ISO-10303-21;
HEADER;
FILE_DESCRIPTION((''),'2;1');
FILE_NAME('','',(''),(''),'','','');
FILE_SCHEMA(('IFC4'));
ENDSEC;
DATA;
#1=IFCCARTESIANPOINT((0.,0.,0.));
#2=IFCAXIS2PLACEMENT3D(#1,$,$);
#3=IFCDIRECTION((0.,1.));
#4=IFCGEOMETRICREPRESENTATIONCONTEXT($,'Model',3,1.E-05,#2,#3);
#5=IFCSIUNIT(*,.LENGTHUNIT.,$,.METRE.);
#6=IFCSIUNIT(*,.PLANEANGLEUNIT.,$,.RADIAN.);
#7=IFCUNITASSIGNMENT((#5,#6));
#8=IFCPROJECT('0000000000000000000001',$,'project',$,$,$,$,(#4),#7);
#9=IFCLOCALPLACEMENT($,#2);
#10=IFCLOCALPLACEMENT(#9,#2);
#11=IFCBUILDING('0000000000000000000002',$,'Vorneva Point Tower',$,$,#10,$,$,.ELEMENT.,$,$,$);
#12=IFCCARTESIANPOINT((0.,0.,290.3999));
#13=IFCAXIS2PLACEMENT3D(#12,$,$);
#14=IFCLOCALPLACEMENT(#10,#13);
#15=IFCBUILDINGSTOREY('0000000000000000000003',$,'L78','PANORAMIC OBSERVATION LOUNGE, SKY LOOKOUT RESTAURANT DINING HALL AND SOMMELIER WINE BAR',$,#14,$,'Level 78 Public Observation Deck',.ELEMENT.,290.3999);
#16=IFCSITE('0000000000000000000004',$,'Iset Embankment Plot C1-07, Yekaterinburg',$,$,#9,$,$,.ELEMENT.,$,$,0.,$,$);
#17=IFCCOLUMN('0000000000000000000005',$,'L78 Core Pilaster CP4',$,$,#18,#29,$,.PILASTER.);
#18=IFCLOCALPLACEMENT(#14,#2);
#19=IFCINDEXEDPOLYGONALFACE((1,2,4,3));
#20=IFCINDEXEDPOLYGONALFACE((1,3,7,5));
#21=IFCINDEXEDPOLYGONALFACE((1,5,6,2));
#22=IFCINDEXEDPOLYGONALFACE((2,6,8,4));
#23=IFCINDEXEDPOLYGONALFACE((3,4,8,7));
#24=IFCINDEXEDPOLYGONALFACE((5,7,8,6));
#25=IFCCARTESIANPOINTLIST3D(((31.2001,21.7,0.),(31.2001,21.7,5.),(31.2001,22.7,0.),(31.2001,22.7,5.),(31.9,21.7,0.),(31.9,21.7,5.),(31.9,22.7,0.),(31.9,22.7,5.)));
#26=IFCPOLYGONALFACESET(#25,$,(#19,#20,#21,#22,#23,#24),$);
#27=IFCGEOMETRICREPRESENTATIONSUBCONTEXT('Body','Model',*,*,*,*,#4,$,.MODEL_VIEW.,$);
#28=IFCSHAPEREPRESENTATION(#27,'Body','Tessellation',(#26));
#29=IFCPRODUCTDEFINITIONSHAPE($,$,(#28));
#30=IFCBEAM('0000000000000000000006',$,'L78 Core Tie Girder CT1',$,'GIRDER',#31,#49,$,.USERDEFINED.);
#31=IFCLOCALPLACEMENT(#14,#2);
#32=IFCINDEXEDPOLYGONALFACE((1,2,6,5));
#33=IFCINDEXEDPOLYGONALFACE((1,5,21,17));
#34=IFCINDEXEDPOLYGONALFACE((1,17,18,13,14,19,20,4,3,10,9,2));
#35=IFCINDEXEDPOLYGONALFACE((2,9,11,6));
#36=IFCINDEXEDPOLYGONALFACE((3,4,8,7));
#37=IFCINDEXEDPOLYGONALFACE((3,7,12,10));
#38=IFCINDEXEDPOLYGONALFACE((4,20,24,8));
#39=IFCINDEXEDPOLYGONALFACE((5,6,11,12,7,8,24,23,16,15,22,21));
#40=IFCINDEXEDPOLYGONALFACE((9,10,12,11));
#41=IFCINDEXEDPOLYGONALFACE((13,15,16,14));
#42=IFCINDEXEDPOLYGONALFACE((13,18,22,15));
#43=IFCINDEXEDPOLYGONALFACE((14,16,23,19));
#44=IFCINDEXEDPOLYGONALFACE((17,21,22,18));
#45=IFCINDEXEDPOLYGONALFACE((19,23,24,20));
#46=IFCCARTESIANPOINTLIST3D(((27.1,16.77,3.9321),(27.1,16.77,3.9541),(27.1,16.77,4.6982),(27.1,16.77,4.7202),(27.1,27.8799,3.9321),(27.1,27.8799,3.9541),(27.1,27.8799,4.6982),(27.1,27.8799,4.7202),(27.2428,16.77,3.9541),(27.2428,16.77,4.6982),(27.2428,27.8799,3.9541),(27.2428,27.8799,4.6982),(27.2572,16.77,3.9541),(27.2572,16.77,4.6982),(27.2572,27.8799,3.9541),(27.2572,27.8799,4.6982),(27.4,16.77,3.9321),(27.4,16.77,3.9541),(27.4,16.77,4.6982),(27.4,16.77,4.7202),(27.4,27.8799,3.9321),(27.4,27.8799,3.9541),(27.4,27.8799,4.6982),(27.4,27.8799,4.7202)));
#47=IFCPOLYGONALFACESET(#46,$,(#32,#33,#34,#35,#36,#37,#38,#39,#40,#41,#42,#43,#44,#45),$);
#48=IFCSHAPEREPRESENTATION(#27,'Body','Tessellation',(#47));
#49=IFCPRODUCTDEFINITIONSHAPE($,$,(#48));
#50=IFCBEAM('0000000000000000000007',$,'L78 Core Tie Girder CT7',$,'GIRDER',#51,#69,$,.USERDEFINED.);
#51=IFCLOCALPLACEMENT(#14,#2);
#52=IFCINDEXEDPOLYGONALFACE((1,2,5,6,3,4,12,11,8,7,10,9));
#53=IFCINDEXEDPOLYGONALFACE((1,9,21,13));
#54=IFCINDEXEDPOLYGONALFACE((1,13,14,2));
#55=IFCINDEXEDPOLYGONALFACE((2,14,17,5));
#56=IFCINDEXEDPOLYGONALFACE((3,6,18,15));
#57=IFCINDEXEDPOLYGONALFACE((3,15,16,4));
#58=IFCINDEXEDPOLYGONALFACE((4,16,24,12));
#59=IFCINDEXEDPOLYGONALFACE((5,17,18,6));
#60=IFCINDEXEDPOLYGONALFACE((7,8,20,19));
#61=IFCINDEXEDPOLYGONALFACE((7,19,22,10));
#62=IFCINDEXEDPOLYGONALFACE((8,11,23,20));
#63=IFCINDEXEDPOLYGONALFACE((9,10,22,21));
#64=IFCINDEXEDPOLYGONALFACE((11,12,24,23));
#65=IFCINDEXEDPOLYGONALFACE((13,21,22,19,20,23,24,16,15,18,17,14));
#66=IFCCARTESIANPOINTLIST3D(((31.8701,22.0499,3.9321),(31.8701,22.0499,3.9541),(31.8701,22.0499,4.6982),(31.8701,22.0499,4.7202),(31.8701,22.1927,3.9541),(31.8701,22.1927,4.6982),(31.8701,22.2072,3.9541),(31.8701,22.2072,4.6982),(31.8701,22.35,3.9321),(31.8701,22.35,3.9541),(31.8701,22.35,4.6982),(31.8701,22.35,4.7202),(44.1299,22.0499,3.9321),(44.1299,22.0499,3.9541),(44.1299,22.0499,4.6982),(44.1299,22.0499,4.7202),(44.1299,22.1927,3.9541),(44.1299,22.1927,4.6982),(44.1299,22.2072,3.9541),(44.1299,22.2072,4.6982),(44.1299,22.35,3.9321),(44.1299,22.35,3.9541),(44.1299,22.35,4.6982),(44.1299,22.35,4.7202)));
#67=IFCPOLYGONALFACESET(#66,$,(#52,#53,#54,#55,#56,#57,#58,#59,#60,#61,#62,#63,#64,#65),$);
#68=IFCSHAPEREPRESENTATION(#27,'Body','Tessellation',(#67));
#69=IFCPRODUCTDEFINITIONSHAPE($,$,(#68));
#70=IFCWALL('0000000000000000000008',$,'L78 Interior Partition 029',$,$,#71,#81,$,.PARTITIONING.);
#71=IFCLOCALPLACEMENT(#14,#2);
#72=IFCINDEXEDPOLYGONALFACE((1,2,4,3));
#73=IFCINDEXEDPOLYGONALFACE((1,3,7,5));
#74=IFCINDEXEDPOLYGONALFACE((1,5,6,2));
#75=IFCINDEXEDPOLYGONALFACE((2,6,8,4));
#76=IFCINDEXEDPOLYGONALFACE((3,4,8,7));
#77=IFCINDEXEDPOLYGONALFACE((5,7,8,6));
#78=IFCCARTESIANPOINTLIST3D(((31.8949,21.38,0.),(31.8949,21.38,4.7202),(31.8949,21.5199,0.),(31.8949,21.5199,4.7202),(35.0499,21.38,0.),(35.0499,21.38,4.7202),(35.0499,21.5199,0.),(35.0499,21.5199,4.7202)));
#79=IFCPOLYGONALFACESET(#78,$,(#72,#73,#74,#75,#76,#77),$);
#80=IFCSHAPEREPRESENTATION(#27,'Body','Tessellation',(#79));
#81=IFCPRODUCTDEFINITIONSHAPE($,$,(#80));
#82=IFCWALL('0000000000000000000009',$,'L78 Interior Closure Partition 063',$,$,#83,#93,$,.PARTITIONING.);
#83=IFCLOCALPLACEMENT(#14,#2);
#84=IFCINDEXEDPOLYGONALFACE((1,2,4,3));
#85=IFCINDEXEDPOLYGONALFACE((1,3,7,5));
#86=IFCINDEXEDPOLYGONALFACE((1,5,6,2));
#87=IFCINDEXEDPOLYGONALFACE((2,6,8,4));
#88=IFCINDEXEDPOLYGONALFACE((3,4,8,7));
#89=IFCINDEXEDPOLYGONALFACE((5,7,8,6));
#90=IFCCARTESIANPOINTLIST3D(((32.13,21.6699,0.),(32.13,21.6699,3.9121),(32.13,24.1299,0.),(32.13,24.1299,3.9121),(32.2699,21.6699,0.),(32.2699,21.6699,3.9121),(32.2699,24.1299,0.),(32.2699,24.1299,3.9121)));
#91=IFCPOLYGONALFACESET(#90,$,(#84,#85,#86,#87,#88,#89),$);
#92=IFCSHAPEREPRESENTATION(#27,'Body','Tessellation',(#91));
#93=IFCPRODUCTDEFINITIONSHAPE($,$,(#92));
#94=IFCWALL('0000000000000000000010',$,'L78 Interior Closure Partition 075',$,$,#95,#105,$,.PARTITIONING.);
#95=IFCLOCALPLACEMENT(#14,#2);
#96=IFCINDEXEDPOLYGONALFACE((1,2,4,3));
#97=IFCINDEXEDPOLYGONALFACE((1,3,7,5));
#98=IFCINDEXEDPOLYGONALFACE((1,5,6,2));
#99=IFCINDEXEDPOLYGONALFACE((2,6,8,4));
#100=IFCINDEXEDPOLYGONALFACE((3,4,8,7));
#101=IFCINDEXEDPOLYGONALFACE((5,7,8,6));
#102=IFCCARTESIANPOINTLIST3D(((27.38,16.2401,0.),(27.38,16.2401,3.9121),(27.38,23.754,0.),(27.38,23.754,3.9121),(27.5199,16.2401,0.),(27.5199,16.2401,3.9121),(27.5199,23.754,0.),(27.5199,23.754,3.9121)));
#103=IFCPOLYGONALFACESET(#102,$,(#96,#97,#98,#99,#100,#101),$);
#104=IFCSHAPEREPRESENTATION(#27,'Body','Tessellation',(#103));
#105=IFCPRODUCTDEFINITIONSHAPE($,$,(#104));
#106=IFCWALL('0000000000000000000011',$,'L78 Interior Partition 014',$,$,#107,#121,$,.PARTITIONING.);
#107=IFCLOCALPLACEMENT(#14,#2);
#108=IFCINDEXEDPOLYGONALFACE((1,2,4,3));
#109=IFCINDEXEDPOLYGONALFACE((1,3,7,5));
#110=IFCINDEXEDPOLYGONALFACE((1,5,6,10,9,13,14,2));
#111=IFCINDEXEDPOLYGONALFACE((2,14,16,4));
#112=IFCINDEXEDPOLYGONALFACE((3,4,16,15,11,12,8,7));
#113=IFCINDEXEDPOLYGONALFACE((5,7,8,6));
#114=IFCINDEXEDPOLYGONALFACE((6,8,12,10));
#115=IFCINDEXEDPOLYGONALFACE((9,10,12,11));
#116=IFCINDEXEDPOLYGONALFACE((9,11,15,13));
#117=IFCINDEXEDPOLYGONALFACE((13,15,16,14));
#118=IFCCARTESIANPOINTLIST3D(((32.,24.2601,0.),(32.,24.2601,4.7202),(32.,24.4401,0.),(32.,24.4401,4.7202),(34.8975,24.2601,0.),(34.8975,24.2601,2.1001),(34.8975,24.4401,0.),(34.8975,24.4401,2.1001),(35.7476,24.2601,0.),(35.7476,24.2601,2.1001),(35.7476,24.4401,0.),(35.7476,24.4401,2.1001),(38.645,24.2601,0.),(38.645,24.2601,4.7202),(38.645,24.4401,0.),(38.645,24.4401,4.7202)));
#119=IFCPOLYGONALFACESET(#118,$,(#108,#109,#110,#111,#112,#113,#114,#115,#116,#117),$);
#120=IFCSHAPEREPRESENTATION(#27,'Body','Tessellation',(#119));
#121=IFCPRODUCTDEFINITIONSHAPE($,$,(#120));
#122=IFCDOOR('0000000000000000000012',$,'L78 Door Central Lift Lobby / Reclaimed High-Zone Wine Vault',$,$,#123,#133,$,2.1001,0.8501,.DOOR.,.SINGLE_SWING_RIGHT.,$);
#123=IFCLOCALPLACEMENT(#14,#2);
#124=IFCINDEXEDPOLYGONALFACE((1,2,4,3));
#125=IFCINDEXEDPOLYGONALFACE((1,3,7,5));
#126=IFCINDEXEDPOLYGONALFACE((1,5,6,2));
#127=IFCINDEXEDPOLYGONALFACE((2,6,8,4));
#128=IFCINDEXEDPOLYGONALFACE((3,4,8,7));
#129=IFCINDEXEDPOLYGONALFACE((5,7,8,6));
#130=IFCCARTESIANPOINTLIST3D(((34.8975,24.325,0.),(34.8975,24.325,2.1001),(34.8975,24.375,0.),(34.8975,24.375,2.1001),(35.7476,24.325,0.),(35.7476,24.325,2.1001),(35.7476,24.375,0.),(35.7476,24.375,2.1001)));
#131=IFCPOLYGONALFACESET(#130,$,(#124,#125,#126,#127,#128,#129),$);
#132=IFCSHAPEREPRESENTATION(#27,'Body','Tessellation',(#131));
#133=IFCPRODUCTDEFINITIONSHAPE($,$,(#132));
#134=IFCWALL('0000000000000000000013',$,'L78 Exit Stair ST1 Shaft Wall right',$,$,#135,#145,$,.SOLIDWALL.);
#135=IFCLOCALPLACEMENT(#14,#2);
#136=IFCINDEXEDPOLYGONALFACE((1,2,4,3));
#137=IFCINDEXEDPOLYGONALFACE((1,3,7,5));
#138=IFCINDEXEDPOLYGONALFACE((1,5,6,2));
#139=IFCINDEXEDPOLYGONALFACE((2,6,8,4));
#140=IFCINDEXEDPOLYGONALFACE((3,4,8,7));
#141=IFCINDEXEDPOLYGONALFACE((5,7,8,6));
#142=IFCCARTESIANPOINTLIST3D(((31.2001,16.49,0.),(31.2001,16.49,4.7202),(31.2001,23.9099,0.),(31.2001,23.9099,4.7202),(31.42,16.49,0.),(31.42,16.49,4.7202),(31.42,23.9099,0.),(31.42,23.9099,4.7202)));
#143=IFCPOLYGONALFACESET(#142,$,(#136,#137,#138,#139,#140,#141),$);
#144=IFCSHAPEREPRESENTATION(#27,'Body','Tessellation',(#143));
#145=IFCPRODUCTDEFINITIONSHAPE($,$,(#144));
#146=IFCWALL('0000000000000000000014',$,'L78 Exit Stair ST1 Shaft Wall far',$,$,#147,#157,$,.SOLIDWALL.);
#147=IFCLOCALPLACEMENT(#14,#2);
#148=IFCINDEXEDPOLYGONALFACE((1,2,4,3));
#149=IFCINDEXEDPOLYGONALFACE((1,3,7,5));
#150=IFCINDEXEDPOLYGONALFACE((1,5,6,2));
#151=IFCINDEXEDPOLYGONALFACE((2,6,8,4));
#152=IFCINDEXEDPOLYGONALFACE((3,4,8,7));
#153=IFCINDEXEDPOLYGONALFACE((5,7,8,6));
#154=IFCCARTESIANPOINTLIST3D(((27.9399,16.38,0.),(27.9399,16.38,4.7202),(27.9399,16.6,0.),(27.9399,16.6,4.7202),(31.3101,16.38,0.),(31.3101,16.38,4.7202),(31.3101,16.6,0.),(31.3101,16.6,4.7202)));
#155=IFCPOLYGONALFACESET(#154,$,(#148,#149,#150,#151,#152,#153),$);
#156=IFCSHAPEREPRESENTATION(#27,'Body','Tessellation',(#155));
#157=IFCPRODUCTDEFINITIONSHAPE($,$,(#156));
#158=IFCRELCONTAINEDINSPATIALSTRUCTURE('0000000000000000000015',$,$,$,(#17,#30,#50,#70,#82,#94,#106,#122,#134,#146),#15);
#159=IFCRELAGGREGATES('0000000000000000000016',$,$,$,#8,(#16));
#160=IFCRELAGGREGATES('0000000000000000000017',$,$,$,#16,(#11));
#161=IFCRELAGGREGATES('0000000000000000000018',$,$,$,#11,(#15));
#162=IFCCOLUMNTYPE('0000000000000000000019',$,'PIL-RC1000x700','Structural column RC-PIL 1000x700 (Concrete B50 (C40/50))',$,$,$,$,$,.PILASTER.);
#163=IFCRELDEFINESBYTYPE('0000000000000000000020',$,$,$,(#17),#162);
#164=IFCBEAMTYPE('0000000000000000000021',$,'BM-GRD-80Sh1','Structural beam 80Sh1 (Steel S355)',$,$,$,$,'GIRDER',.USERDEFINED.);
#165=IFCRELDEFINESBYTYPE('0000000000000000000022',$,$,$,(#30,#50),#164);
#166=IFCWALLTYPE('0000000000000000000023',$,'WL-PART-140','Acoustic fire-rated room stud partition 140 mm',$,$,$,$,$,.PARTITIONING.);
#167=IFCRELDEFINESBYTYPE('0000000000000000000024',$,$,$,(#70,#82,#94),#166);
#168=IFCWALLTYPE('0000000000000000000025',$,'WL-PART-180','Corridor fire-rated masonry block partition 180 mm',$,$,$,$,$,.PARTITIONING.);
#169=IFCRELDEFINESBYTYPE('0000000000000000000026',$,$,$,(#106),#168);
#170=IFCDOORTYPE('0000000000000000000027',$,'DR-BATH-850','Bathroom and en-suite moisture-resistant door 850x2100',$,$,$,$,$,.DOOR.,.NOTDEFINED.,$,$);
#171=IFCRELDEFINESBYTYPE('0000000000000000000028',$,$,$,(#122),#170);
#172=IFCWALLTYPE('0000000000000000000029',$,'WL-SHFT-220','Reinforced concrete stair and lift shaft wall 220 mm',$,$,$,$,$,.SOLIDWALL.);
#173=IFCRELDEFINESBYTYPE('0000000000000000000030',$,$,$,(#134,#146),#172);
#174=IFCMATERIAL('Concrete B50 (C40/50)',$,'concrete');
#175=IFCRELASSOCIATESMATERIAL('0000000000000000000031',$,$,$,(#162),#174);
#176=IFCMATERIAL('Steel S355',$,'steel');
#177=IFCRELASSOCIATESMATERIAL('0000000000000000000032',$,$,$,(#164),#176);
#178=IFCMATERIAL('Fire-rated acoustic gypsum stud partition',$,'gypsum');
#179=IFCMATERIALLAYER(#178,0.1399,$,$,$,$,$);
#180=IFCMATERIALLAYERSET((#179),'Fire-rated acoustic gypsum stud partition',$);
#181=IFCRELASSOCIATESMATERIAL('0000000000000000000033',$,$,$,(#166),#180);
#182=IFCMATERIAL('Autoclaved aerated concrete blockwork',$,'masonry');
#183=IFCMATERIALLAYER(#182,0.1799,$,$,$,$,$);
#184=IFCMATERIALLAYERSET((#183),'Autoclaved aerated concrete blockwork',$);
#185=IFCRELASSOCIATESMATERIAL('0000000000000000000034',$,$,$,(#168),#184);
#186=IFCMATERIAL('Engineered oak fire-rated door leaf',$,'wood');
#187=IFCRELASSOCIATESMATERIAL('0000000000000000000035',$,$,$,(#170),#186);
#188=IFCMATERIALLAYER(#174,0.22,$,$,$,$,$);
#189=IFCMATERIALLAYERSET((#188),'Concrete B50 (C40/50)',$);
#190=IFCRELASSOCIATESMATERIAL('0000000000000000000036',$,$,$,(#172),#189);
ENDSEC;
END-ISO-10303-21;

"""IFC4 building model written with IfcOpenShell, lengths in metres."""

from ifc_helpers import new_model, si_unit, direction, frame, frame_2d, origin, origin_2d, place, context, subcontext, project, spatial, rectangle, i_section, extrude, material, layer, layer_set, material_profile, profile_set, type_object, element, fill, save


model = new_model("IFC4")

# Units and contexts
model_context = context("Model", 3, precision=1e-05, world=origin(), true_north=direction((0.0, 1.0)))
body_context = subcontext(model_context, "Body", "Model", "MODEL_VIEW")
ifc_project = project(units=[si_unit("LENGTHUNIT", "METRE"), si_unit("PLANEANGLEUNIT", "RADIAN")], contexts=[model_context])

# Site, building, storey
site_placement = place(None, origin())
site = spatial("IfcSite", under=ifc_project, at=site_placement, Name="Iset Embankment Plot C1-07, Yekaterinburg", CompositionType="ELEMENT", RefElevation=0.0)
building_placement = place(site_placement, origin())
building = spatial("IfcBuilding", under=site, at=building_placement, Name="Vorneva Point Tower", CompositionType="ELEMENT")
storey_placement = place(building_placement, frame((0.0, 0.0, 290.3999)))
storey = spatial("IfcBuildingStorey", under=building, at=storey_placement, Name="L78", Description="PANORAMIC OBSERVATION LOUNGE, SKY LOOKOUT RESTAURANT DINING HALL AND SOMMELIER WINE BAR", LongName="Level 78 Public Observation Deck", CompositionType="ELEMENT", Elevation=290.3999)

# Column
ifc_material_1 = material(Name="Concrete B50 (C40/50)", Category="concrete")
ifc_material_profile_1 = material_profile(ifc_material_1, rectangle(XDim=0.7, YDim=1.0, at=origin_2d()), Name="RC-PIL 1000x700")
ifc_profile_set_1 = profile_set([ifc_material_profile_1], Name="Concrete B50 (C40/50)")
column_type = type_object("IfcColumnType", Name="PIL-RC1000x700", Description="Structural column RC-PIL 1000x700 (Concrete B50 (C40/50))", PredefinedType="PILASTER", material=ifc_profile_set_1)
column_placement = place(storey_placement, frame((31.55, 22.2, 0.0), z_axis=(0.0, 0.0, 1.0), x_axis=(1.0, 0.0, 0.0)))
element("IfcColumn", 1, at=column_placement, inside=storey, type_object=column_type, Name="L78 Core Pilaster CP4", PredefinedType="PILASTER", context=body_context, shape_type="SweptSolid", body=[
    extrude(rectangle(XDim=0.7, YDim=1.0, at=origin_2d()), origin(), (0.0, 0.0, 1.0), 5.0),
])

# Beams
ifc_material_2 = material(Name="Steel S355", Category="steel")
ifc_material_profile_2 = material_profile(ifc_material_2, i_section(OverallWidth=0.3, OverallDepth=0.7881, WebThickness=0.0144, FlangeThickness=0.022, at=origin_2d()), Name="80Sh1")
ifc_profile_set_2 = profile_set([ifc_material_profile_2], Name="Steel S355")
beam_type = type_object("IfcBeamType", Name="BM-GRD-80Sh1", Description="Structural beam 80Sh1 (Steel S355)", ElementType="GIRDER", PredefinedType="USERDEFINED", material=ifc_profile_set_2)
beam_1_placement = place(storey_placement, frame((27.25, 16.77, 4.3262), z_axis=(0.0, 1.0, 0.0), x_axis=(-1.0, 0.0, 0.0)))
element("IfcBeam", 2, at=beam_1_placement, inside=storey, type_object=beam_type, Name="L78 Core Tie Girder CT1", ObjectType="GIRDER", PredefinedType="USERDEFINED", context=body_context, shape_type="SweptSolid", body=[
    extrude(i_section(OverallWidth=0.3, OverallDepth=0.7881, WebThickness=0.0144, FlangeThickness=0.022, at=origin_2d()), origin(), (0.0, 0.0, 1.0), 11.1099),
])
beam_2_placement = place(storey_placement, frame((31.8701, 22.2, 4.3262), z_axis=(1.0, 0.0, 0.0), x_axis=(0.0, 1.0, 0.0)))
element("IfcBeam", 3, at=beam_2_placement, inside=storey, type_object=beam_type, Name="L78 Core Tie Girder CT7", ObjectType="GIRDER", PredefinedType="USERDEFINED", context=body_context, shape_type="SweptSolid", body=[
    extrude(i_section(OverallWidth=0.3, OverallDepth=0.7881, WebThickness=0.0144, FlangeThickness=0.022, at=origin_2d()), origin(), (0.0, 0.0, 1.0), 12.2598),
])

# Walls
ifc_material_3 = material(Name="Fire-rated acoustic gypsum stud partition", Category="gypsum")
ifc_layer_1 = layer(ifc_material_3, 0.1399)
ifc_layer_set_1 = layer_set([ifc_layer_1], Name="Fire-rated acoustic gypsum stud partition")
wall_type_1 = type_object("IfcWallType", Name="WL-PART-140", Description="Acoustic fire-rated room stud partition 140 mm", PredefinedType="PARTITIONING", material=ifc_layer_set_1)
wall_1_placement = place(storey_placement, frame((35.05, 21.45, 0.0), z_axis=(0.0, 0.0, 1.0), x_axis=(-1.0, 0.0, 0.0)))
element("IfcWall", 4, at=wall_1_placement, inside=storey, type_object=wall_type_1, Name="L78 Interior Partition 029", PredefinedType="PARTITIONING", context=body_context, shape_type="SweptSolid", body=[
    extrude(rectangle(XDim=3.155, YDim=0.1399, at=frame_2d((1.5776, 0.0))), origin(), (0.0, 0.0, 1.0), 4.7202),
])
wall_2_placement = place(storey_placement, frame((32.2, 24.1299, 0.0), z_axis=(0.0, 0.0, 1.0), x_axis=(0.0, -1.0, 0.0)))
element("IfcWall", 5, at=wall_2_placement, inside=storey, type_object=wall_type_1, Name="L78 Interior Closure Partition 063", PredefinedType="PARTITIONING", context=body_context, shape_type="SweptSolid", body=[
    extrude(rectangle(XDim=2.46, YDim=0.1399, at=frame_2d((1.23, 0.0))), origin(), (0.0, 0.0, 1.0), 3.9121),
])
wall_3_placement = place(storey_placement, frame((27.45, 23.7539, 0.0), z_axis=(0.0, 0.0, 1.0), x_axis=(0.0, -1.0, 0.0)))
element("IfcWall", 6, at=wall_3_placement, inside=storey, type_object=wall_type_1, Name="L78 Interior Closure Partition 075", PredefinedType="PARTITIONING", context=body_context, shape_type="SweptSolid", body=[
    extrude(rectangle(XDim=7.5139, YDim=0.1399, at=frame_2d((3.7568, 0.0))), origin(), (0.0, 0.0, 1.0), 3.9121),
])

# Wall, opening, door
ifc_material_4 = material(Name="Autoclaved aerated concrete blockwork", Category="masonry")
ifc_layer_2 = layer(ifc_material_4, 0.1799)
ifc_layer_set_2 = layer_set([ifc_layer_2], Name="Autoclaved aerated concrete blockwork")
wall_type_2 = type_object("IfcWallType", Name="WL-PART-180", Description="Corridor fire-rated masonry block partition 180 mm", PredefinedType="PARTITIONING", material=ifc_layer_set_2)
wall_4_placement = place(storey_placement, frame((32.0, 24.3501, 0.0), z_axis=(0.0, 0.0, 1.0), x_axis=(1.0, 0.0, 0.0)))
wall_4 = element("IfcWall", 7, at=wall_4_placement, inside=storey, type_object=wall_type_2, Name="L78 Interior Partition 014", PredefinedType="PARTITIONING", context=body_context, shape_type="SweptSolid", body=[
    extrude(rectangle(XDim=6.645, YDim=0.1799, at=frame_2d((3.3225, 0.0))), origin(), (0.0, 0.0, 1.0), 4.7202),
])
opening_1_placement = place(wall_4_placement, frame((2.8975, 0.0, 0.0)))
opening_1 = element("IfcOpeningElement", 8, at=opening_1_placement, cuts=wall_4, PredefinedType="OPENING", context=body_context, shape_type="SweptSolid", body=[
    extrude(rectangle(XDim=0.8501, YDim=2.1001, at=frame_2d((0.425, 1.05))), frame((0.0, 0.105, 0.0), z_axis=(0.0, -1.0, 0.0), x_axis=(1.0, 0.0, 0.0)), (0.0, 0.0, 1.0), 0.2097),
])
ifc_material_5 = material(Name="Engineered oak fire-rated door leaf", Category="wood")
door_type_1 = type_object("IfcDoorType", Name="DR-BATH-850", Description="Bathroom and en-suite moisture-resistant door 850x2100", OperationType="NOTDEFINED", PredefinedType="DOOR", material=ifc_material_5)
door_1_placement = place(opening_1_placement, origin())
door_1 = element("IfcDoor", 9, at=door_1_placement, inside=storey, type_object=door_type_1, Name="L78 Door Central Lift Lobby / Reclaimed High-Zone Wine Vault", OperationType="SINGLE_SWING_RIGHT", OverallHeight=2.1001, OverallWidth=0.8501, PredefinedType="DOOR", context=body_context, shape_type="SweptSolid", body=[
    extrude(rectangle(XDim=0.8501, YDim=2.1001, at=frame_2d((0.425, 1.05))), frame((0.0, 0.0249, 0.0), z_axis=(0.0, -1.0, 0.0), x_axis=(1.0, 0.0, 0.0)), (0.0, 0.0, 1.0), 0.05),
])
fill(opening_1, door_1)
ifc_layer_3 = layer(ifc_material_1, 0.22)
ifc_layer_set_3 = layer_set([ifc_layer_3], Name="Concrete B50 (C40/50)")
wall_type_3 = type_object("IfcWallType", Name="WL-SHFT-220", Description="Reinforced concrete stair and lift shaft wall 220 mm", PredefinedType="SOLIDWALL", material=ifc_layer_set_3)

# Walls
wall_5_placement = place(storey_placement, frame((31.3101, 23.9099, 0.0), z_axis=(0.0, 0.0, 1.0), x_axis=(0.0, -1.0, 0.0)))
element("IfcWall", 10, at=wall_5_placement, inside=storey, type_object=wall_type_3, Name="L78 Exit Stair ST1 Shaft Wall right", PredefinedType="SOLIDWALL", context=body_context, shape_type="SweptSolid", body=[
    extrude(rectangle(XDim=7.4199, YDim=0.22, at=frame_2d((3.71, 0.0))), origin(), (0.0, 0.0, 1.0), 4.7202),
])
wall_6_placement = place(storey_placement, frame((31.3101, 16.49, 0.0), z_axis=(0.0, 0.0, 1.0), x_axis=(-1.0, 0.0, 0.0)))
element("IfcWall", 11, at=wall_6_placement, inside=storey, type_object=wall_type_3, Name="L78 Exit Stair ST1 Shaft Wall far", PredefinedType="SOLIDWALL", context=body_context, shape_type="SweptSolid", body=[
    extrude(rectangle(XDim=3.3701, YDim=0.22, at=frame_2d((1.6851, 0.0))), origin(), (0.0, 0.0, 1.0), 4.7202),
])

save(model, "model.ifc")
